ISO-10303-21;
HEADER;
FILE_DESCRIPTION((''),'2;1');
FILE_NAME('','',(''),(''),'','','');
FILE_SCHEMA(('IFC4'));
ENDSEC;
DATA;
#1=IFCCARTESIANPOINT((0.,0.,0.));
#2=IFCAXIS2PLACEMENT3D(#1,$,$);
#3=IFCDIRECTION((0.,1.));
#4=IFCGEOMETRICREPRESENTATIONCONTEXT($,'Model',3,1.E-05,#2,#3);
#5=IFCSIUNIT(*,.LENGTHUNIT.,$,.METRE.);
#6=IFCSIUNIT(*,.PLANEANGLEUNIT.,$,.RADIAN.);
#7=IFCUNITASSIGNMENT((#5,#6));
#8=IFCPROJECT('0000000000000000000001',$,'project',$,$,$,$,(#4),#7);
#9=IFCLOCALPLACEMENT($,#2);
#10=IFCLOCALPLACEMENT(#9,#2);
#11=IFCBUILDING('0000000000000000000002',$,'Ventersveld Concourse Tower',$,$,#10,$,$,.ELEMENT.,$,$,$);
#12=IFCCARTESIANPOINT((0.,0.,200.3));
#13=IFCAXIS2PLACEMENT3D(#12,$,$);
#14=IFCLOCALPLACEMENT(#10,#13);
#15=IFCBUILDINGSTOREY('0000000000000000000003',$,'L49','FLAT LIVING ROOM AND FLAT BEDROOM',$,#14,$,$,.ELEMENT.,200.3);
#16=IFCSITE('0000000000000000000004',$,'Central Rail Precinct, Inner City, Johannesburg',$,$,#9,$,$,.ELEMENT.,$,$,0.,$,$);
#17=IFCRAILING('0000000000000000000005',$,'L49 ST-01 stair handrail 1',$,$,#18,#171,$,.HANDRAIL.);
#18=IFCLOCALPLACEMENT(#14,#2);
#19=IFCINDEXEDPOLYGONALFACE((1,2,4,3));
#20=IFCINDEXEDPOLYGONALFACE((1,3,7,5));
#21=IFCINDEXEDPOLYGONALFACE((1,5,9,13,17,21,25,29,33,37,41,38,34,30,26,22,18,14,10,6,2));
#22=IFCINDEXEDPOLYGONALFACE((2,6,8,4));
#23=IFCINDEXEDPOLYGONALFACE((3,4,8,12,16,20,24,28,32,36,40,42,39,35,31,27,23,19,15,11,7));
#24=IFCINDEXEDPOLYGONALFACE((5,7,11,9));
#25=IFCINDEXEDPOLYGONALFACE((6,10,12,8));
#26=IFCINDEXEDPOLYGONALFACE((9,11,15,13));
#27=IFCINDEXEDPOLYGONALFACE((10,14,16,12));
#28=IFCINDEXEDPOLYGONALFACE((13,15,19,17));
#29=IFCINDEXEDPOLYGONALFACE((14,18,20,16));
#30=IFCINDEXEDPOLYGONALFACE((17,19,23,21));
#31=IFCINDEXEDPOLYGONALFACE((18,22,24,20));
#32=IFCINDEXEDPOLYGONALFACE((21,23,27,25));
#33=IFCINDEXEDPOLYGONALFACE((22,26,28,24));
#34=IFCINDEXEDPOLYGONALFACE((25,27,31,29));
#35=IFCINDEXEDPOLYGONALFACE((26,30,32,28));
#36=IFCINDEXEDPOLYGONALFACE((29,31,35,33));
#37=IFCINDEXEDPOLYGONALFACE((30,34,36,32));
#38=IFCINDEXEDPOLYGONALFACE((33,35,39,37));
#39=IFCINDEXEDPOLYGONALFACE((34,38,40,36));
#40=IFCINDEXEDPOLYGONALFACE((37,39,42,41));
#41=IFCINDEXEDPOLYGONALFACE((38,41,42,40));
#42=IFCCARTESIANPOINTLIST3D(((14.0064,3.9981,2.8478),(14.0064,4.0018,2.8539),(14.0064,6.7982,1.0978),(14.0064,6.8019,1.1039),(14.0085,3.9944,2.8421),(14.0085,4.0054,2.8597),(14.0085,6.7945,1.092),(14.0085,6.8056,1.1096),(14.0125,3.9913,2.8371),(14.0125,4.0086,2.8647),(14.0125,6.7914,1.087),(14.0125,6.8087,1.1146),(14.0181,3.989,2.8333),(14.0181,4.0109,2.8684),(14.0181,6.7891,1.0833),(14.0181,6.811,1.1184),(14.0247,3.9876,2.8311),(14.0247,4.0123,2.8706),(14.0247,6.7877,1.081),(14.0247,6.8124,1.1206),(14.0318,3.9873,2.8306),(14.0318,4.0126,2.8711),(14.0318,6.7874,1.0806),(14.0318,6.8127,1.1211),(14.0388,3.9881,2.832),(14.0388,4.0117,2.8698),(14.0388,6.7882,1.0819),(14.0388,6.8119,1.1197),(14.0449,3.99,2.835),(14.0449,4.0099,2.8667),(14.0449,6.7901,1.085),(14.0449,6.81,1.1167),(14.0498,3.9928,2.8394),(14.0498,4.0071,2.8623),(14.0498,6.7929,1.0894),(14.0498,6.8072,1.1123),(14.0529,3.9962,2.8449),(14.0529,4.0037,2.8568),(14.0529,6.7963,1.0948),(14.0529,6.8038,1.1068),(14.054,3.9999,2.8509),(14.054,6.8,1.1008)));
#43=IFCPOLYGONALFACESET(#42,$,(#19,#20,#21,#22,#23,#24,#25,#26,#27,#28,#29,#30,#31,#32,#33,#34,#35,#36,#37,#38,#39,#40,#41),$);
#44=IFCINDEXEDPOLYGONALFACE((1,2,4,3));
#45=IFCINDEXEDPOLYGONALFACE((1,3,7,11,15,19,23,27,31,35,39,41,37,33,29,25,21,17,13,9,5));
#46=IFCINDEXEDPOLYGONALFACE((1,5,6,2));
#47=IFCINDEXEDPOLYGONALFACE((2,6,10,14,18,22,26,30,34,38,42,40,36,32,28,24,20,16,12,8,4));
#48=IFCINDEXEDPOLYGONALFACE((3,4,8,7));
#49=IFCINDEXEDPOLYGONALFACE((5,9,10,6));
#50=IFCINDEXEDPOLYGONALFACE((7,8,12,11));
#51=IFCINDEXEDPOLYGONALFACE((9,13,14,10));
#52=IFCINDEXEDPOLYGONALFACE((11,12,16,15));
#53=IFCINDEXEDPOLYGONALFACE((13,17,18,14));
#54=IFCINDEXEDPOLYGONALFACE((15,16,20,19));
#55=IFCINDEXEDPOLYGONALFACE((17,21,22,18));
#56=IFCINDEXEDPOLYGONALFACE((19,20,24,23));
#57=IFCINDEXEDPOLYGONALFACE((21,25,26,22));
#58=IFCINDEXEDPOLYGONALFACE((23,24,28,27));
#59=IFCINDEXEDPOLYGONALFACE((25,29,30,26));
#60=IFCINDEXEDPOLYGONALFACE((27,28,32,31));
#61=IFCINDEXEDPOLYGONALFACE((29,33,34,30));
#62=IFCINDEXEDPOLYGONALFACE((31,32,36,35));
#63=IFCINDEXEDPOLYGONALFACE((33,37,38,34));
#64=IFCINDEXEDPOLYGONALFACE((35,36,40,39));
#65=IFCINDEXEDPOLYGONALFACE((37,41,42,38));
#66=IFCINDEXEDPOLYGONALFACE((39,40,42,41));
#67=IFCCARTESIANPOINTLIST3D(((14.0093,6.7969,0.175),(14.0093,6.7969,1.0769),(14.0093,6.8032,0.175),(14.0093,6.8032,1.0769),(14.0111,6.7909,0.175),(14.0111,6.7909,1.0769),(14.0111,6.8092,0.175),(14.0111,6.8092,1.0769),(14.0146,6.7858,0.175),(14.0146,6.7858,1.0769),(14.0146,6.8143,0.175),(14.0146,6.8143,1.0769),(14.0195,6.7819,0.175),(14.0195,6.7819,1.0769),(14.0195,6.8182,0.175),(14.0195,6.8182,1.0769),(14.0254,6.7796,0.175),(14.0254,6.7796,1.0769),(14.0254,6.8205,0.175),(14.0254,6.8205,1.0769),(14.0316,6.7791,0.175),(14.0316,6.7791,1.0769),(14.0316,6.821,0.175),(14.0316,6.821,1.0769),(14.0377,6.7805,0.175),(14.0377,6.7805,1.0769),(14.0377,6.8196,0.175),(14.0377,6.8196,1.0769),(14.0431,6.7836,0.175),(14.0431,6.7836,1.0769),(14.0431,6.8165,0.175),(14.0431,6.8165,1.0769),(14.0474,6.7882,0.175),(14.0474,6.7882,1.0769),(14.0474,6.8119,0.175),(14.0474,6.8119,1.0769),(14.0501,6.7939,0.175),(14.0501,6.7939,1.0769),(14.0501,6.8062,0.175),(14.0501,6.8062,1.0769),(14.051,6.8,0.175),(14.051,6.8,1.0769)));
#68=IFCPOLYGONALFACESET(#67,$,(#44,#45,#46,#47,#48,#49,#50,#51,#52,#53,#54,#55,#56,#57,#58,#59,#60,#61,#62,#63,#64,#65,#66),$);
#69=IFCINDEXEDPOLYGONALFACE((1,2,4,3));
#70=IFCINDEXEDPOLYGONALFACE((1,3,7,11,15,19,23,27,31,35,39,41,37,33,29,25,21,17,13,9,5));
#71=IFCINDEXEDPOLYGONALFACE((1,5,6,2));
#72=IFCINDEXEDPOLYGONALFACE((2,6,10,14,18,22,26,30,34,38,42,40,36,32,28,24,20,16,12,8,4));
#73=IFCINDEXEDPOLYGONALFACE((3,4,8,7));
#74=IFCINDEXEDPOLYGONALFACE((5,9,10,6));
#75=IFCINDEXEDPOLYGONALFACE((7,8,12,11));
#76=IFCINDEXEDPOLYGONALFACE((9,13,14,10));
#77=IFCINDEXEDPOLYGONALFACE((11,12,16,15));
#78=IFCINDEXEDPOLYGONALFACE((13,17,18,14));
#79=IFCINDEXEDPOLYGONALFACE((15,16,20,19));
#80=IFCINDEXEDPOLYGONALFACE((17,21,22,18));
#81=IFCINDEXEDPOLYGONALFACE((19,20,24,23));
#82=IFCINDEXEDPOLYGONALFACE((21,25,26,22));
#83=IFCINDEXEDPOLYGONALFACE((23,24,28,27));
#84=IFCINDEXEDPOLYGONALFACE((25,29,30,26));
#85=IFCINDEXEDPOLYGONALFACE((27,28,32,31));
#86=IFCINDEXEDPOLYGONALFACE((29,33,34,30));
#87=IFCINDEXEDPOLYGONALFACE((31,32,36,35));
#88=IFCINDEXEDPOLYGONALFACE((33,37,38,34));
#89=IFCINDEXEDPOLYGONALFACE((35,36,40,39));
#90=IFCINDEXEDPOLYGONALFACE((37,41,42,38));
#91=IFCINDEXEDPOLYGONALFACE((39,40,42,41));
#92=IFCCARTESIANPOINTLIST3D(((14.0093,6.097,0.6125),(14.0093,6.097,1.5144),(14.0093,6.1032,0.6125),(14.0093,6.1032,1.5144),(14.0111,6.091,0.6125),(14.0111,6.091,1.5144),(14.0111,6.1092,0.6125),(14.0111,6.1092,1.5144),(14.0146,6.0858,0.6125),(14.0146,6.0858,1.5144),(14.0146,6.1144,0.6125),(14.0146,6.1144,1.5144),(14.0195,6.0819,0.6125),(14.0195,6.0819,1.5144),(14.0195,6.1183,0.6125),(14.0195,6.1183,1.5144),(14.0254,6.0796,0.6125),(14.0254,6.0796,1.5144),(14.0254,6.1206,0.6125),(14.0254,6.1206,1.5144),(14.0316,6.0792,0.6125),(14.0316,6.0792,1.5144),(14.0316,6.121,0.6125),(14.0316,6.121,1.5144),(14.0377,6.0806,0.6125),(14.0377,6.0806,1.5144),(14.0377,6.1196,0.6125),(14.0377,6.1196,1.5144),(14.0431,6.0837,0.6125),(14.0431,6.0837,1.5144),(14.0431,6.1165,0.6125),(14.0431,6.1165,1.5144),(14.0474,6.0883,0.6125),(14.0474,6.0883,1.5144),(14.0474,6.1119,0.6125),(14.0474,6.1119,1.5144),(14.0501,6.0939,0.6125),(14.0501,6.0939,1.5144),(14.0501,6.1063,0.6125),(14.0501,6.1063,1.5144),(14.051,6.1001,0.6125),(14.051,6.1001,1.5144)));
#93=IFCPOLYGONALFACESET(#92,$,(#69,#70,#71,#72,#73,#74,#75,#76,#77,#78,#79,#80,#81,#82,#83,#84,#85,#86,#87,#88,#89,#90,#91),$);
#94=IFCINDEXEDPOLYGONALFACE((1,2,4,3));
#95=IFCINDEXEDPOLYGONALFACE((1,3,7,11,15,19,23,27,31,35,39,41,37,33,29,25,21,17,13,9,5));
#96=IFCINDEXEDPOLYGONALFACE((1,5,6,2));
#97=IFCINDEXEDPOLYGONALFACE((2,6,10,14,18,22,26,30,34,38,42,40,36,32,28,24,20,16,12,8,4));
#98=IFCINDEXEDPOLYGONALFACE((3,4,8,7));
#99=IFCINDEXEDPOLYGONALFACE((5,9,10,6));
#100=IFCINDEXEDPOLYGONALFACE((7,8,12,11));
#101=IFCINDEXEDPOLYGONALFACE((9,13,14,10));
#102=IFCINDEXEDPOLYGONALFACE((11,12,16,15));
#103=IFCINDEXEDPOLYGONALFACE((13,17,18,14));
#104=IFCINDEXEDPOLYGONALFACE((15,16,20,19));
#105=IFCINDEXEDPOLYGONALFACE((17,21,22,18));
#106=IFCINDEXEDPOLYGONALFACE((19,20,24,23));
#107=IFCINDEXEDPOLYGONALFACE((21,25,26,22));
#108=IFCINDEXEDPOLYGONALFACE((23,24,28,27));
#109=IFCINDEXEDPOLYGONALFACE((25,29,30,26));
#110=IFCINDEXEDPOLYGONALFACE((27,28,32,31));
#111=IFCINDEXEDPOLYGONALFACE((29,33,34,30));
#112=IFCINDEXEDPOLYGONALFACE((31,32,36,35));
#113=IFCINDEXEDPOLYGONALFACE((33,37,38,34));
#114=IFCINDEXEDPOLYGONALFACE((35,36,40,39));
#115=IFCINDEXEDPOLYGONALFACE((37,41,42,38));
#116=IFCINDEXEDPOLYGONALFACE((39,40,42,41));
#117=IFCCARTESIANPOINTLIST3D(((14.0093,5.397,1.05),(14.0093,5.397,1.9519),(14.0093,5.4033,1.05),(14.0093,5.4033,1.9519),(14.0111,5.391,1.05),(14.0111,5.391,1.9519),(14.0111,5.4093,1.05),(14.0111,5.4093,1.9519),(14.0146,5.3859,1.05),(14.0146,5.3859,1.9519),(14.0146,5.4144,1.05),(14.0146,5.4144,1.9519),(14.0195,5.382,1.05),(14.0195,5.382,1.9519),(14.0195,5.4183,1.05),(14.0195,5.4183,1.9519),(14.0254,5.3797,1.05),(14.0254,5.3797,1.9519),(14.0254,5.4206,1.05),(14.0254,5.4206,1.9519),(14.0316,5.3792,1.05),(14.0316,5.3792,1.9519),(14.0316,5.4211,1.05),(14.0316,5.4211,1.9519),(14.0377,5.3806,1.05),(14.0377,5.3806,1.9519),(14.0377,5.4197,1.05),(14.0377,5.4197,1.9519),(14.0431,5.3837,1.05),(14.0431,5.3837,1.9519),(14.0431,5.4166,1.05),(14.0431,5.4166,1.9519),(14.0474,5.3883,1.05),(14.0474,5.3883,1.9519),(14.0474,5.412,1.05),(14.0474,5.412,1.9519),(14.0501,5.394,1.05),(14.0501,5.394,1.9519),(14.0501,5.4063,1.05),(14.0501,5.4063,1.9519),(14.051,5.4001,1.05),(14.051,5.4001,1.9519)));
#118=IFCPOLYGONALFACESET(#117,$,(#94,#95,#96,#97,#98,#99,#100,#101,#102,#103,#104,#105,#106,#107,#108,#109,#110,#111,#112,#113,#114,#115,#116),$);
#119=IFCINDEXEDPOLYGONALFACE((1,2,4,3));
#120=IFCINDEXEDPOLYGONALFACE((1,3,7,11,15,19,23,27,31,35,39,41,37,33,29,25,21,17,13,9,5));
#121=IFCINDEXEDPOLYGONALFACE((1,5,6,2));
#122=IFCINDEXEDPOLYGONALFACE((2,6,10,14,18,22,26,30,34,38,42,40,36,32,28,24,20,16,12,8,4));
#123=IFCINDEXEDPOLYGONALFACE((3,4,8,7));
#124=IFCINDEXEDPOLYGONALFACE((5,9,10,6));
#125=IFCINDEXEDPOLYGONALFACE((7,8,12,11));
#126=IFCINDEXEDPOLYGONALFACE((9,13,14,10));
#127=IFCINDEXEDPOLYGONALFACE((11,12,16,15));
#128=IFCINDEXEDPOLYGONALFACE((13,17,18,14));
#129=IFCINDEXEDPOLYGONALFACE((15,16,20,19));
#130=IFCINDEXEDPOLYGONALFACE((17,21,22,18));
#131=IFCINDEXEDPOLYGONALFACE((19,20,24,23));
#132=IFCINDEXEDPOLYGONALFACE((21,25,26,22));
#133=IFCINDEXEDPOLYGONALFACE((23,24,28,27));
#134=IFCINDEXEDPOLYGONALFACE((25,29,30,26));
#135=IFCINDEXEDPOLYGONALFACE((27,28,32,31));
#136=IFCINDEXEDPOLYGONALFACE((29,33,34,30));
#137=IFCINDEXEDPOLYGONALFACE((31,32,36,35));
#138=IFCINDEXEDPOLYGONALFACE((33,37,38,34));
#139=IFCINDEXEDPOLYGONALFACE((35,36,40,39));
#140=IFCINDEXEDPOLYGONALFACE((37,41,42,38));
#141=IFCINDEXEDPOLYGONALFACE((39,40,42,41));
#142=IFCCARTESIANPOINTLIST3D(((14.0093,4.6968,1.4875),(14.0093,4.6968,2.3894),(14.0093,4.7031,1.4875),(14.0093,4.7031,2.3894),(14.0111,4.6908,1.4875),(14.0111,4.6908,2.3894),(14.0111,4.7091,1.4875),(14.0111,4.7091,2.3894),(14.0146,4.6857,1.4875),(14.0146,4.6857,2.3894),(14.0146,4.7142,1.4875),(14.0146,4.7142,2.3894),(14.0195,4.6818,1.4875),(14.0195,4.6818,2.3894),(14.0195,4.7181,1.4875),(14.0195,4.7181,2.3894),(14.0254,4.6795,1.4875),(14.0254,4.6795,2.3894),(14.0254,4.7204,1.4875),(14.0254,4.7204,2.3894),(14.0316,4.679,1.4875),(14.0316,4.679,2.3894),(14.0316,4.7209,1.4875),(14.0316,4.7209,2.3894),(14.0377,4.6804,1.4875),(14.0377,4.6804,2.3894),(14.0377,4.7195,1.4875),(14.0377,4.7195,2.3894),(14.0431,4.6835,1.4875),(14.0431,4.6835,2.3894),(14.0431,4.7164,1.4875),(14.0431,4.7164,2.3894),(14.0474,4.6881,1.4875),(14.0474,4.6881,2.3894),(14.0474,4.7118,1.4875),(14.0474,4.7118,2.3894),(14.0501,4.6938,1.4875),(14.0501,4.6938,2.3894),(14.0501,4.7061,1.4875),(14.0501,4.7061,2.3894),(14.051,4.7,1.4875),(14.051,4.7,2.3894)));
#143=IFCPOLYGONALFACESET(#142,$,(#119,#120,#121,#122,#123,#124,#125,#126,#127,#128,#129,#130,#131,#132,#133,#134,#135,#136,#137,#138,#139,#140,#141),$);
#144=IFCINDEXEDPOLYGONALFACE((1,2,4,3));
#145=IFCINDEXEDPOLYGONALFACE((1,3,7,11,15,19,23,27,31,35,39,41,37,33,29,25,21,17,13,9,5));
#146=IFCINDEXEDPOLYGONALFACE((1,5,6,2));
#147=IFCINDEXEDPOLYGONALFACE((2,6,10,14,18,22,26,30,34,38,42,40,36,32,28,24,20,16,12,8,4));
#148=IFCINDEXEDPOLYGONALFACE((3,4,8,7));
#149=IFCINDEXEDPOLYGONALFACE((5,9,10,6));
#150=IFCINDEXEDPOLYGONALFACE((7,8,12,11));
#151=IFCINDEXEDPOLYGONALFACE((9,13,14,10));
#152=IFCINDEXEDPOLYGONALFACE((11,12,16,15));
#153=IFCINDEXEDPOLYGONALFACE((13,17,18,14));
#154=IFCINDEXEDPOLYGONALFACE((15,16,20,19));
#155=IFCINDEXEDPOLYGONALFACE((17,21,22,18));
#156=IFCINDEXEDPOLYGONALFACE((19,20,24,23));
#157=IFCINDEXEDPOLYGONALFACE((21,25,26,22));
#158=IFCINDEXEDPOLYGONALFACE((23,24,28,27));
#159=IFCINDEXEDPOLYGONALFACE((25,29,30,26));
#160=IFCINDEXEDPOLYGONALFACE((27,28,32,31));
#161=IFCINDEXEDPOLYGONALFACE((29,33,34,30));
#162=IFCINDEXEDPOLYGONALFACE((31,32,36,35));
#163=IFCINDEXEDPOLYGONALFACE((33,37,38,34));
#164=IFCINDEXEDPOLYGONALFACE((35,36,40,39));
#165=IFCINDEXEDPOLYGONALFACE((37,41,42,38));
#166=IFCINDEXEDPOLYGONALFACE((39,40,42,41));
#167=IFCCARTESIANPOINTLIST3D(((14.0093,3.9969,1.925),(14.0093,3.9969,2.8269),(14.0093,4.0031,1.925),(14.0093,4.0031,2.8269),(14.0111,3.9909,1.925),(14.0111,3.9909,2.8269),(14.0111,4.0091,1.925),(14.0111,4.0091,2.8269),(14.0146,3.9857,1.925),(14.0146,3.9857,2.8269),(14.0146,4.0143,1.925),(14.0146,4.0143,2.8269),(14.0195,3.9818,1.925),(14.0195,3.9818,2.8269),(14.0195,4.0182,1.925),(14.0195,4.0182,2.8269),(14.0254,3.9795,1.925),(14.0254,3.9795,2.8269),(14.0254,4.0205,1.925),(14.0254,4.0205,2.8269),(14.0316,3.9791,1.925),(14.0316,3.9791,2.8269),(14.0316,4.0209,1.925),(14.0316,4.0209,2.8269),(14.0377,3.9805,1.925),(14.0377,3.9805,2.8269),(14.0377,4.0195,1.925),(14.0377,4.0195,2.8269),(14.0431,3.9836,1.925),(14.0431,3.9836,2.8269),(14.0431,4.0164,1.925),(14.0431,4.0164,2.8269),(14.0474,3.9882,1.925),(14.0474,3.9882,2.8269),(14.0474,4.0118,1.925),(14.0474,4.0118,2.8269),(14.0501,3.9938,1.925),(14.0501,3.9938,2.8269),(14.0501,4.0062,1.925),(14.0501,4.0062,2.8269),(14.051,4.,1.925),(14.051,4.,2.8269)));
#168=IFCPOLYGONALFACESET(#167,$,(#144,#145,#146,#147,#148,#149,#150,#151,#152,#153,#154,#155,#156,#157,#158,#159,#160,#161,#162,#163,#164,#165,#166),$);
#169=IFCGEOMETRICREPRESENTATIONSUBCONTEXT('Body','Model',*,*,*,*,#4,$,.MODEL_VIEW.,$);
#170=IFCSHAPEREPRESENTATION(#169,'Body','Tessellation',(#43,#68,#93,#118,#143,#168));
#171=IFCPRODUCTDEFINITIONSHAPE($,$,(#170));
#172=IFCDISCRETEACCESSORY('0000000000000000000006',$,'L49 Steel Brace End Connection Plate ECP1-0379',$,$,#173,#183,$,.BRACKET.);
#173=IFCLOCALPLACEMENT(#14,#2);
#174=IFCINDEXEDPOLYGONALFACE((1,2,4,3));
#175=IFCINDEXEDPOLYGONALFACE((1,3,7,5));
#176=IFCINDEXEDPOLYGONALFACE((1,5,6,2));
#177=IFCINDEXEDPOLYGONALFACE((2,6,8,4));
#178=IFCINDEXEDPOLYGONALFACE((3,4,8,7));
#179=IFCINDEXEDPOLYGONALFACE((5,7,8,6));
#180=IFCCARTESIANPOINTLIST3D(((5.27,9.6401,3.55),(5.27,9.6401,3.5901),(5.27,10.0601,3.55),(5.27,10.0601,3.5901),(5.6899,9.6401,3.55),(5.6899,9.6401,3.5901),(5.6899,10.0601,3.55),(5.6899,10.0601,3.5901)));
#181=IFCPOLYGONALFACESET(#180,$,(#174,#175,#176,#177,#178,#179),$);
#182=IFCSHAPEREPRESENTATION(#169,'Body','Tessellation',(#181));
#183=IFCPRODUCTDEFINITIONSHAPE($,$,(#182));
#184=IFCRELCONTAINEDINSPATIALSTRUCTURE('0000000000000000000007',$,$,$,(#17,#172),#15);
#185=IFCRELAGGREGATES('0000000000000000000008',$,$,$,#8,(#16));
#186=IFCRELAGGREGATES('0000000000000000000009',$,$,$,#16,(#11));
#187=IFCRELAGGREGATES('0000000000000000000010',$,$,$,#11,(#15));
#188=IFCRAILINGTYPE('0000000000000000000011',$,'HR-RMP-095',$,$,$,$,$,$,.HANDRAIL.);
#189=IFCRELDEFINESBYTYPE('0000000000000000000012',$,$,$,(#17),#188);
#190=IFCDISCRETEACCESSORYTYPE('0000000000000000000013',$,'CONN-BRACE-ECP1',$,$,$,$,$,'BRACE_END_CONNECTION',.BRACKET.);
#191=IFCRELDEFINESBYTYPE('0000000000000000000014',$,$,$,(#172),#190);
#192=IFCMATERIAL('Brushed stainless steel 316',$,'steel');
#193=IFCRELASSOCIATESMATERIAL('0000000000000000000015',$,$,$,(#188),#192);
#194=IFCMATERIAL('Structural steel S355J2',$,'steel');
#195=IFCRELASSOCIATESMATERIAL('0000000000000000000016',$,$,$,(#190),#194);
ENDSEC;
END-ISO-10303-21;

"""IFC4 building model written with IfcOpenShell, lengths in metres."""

from ifc_helpers import new_model, si_unit, direction, frame, origin, origin_2d, place, context, subcontext, project, spatial, rectangle, circle, extrude, material, type_object, element, save


model = new_model("IFC4")

# Units and contexts
model_context = context("Model", 3, precision=1e-05, world=origin(), true_north=direction((0.0, 1.0)))
body_context = subcontext(model_context, "Body", "Model", "MODEL_VIEW")
ifc_project = project(units=[si_unit("LENGTHUNIT", "METRE"), si_unit("PLANEANGLEUNIT", "RADIAN")], contexts=[model_context])

# Site, building, storey
site_placement = place(None, origin())
site = spatial("IfcSite", under=ifc_project, at=site_placement, Name="Central Rail Precinct, Inner City, Johannesburg", CompositionType="ELEMENT", RefElevation=0.0)
building_placement = place(site_placement, origin())
building = spatial("IfcBuilding", under=site, at=building_placement, Name="Ventersveld Concourse Tower", CompositionType="ELEMENT")
storey_placement = place(building_placement, frame((0.0, 0.0, 200.3)))
storey = spatial("IfcBuildingStorey", under=building, at=storey_placement, Name="L49", Description="FLAT LIVING ROOM AND FLAT BEDROOM", CompositionType="ELEMENT", Elevation=200.3)

# Shared definitions
ifc_material_1 = material(Name="Structural steel S355J2", Category="steel")

# Railing
ifc_material_2 = material(Name="Brushed stainless steel 316", Category="steel")
railing_type_1 = type_object("IfcRailingType", Name="HR-RMP-095", PredefinedType="HANDRAIL", material=ifc_material_2)
railing_1_placement = place(storey_placement, frame((14.03, 6.8, 0.175)))
element("IfcRailing", 1, at=railing_1_placement, inside=storey, type_object=railing_type_1, Name="L49 ST-01 stair handrail 1", PredefinedType="HANDRAIL", context=body_context, shape_type="SweptSolid", body=[
    extrude(circle(Radius=0.0239, at=origin_2d()), frame((0.0, 0.0, 0.9258), z_axis=(0.0, -0.848002, 0.529992), x_axis=(1.0, 0.0, 0.0)), (0.0, 0.0, 1.0), 3.302),
    extrude(circle(Radius=0.021, at=origin_2d()), origin(), (0.0, 0.0, 1.0), 0.9019),
    extrude(circle(Radius=0.021, at=origin_2d()), frame((0.0, -0.7, 0.4375)), (0.0, 0.0, 1.0), 0.9019),
    extrude(circle(Radius=0.021, at=origin_2d()), frame((0.0, -1.3999, 0.875)), (0.0, 0.0, 1.0), 0.9019),
    extrude(circle(Radius=0.021, at=origin_2d()), frame((0.0, -2.1001, 1.3125)), (0.0, 0.0, 1.0), 0.9019),
    extrude(circle(Radius=0.021, at=origin_2d()), frame((0.0, -2.8, 1.75)), (0.0, 0.0, 1.0), 0.9019),
])

# Discrete accessory
discrete_accessory_type = type_object("IfcDiscreteAccessoryType", Name="CONN-BRACE-ECP1", ElementType="BRACE_END_CONNECTION", PredefinedType="BRACKET", material=ifc_material_1)
discrete_accessory_placement = place(storey_placement, frame((5.48, 9.8501, 3.55), z_axis=(0.0, 0.0, 1.0), x_axis=(1.0, 0.0, 0.0)))
element("IfcDiscreteAccessory", 2, at=discrete_accessory_placement, inside=storey, type_object=discrete_accessory_type, Name="L49 Steel Brace End Connection Plate ECP1-0379", PredefinedType="BRACKET", context=body_context, shape_type="SweptSolid", body=[
    extrude(rectangle(XDim=0.4199, YDim=0.4199, at=origin_2d()), origin(), (0.0, 0.0, 1.0), 0.04),
])

save(model, "model.ifc")
